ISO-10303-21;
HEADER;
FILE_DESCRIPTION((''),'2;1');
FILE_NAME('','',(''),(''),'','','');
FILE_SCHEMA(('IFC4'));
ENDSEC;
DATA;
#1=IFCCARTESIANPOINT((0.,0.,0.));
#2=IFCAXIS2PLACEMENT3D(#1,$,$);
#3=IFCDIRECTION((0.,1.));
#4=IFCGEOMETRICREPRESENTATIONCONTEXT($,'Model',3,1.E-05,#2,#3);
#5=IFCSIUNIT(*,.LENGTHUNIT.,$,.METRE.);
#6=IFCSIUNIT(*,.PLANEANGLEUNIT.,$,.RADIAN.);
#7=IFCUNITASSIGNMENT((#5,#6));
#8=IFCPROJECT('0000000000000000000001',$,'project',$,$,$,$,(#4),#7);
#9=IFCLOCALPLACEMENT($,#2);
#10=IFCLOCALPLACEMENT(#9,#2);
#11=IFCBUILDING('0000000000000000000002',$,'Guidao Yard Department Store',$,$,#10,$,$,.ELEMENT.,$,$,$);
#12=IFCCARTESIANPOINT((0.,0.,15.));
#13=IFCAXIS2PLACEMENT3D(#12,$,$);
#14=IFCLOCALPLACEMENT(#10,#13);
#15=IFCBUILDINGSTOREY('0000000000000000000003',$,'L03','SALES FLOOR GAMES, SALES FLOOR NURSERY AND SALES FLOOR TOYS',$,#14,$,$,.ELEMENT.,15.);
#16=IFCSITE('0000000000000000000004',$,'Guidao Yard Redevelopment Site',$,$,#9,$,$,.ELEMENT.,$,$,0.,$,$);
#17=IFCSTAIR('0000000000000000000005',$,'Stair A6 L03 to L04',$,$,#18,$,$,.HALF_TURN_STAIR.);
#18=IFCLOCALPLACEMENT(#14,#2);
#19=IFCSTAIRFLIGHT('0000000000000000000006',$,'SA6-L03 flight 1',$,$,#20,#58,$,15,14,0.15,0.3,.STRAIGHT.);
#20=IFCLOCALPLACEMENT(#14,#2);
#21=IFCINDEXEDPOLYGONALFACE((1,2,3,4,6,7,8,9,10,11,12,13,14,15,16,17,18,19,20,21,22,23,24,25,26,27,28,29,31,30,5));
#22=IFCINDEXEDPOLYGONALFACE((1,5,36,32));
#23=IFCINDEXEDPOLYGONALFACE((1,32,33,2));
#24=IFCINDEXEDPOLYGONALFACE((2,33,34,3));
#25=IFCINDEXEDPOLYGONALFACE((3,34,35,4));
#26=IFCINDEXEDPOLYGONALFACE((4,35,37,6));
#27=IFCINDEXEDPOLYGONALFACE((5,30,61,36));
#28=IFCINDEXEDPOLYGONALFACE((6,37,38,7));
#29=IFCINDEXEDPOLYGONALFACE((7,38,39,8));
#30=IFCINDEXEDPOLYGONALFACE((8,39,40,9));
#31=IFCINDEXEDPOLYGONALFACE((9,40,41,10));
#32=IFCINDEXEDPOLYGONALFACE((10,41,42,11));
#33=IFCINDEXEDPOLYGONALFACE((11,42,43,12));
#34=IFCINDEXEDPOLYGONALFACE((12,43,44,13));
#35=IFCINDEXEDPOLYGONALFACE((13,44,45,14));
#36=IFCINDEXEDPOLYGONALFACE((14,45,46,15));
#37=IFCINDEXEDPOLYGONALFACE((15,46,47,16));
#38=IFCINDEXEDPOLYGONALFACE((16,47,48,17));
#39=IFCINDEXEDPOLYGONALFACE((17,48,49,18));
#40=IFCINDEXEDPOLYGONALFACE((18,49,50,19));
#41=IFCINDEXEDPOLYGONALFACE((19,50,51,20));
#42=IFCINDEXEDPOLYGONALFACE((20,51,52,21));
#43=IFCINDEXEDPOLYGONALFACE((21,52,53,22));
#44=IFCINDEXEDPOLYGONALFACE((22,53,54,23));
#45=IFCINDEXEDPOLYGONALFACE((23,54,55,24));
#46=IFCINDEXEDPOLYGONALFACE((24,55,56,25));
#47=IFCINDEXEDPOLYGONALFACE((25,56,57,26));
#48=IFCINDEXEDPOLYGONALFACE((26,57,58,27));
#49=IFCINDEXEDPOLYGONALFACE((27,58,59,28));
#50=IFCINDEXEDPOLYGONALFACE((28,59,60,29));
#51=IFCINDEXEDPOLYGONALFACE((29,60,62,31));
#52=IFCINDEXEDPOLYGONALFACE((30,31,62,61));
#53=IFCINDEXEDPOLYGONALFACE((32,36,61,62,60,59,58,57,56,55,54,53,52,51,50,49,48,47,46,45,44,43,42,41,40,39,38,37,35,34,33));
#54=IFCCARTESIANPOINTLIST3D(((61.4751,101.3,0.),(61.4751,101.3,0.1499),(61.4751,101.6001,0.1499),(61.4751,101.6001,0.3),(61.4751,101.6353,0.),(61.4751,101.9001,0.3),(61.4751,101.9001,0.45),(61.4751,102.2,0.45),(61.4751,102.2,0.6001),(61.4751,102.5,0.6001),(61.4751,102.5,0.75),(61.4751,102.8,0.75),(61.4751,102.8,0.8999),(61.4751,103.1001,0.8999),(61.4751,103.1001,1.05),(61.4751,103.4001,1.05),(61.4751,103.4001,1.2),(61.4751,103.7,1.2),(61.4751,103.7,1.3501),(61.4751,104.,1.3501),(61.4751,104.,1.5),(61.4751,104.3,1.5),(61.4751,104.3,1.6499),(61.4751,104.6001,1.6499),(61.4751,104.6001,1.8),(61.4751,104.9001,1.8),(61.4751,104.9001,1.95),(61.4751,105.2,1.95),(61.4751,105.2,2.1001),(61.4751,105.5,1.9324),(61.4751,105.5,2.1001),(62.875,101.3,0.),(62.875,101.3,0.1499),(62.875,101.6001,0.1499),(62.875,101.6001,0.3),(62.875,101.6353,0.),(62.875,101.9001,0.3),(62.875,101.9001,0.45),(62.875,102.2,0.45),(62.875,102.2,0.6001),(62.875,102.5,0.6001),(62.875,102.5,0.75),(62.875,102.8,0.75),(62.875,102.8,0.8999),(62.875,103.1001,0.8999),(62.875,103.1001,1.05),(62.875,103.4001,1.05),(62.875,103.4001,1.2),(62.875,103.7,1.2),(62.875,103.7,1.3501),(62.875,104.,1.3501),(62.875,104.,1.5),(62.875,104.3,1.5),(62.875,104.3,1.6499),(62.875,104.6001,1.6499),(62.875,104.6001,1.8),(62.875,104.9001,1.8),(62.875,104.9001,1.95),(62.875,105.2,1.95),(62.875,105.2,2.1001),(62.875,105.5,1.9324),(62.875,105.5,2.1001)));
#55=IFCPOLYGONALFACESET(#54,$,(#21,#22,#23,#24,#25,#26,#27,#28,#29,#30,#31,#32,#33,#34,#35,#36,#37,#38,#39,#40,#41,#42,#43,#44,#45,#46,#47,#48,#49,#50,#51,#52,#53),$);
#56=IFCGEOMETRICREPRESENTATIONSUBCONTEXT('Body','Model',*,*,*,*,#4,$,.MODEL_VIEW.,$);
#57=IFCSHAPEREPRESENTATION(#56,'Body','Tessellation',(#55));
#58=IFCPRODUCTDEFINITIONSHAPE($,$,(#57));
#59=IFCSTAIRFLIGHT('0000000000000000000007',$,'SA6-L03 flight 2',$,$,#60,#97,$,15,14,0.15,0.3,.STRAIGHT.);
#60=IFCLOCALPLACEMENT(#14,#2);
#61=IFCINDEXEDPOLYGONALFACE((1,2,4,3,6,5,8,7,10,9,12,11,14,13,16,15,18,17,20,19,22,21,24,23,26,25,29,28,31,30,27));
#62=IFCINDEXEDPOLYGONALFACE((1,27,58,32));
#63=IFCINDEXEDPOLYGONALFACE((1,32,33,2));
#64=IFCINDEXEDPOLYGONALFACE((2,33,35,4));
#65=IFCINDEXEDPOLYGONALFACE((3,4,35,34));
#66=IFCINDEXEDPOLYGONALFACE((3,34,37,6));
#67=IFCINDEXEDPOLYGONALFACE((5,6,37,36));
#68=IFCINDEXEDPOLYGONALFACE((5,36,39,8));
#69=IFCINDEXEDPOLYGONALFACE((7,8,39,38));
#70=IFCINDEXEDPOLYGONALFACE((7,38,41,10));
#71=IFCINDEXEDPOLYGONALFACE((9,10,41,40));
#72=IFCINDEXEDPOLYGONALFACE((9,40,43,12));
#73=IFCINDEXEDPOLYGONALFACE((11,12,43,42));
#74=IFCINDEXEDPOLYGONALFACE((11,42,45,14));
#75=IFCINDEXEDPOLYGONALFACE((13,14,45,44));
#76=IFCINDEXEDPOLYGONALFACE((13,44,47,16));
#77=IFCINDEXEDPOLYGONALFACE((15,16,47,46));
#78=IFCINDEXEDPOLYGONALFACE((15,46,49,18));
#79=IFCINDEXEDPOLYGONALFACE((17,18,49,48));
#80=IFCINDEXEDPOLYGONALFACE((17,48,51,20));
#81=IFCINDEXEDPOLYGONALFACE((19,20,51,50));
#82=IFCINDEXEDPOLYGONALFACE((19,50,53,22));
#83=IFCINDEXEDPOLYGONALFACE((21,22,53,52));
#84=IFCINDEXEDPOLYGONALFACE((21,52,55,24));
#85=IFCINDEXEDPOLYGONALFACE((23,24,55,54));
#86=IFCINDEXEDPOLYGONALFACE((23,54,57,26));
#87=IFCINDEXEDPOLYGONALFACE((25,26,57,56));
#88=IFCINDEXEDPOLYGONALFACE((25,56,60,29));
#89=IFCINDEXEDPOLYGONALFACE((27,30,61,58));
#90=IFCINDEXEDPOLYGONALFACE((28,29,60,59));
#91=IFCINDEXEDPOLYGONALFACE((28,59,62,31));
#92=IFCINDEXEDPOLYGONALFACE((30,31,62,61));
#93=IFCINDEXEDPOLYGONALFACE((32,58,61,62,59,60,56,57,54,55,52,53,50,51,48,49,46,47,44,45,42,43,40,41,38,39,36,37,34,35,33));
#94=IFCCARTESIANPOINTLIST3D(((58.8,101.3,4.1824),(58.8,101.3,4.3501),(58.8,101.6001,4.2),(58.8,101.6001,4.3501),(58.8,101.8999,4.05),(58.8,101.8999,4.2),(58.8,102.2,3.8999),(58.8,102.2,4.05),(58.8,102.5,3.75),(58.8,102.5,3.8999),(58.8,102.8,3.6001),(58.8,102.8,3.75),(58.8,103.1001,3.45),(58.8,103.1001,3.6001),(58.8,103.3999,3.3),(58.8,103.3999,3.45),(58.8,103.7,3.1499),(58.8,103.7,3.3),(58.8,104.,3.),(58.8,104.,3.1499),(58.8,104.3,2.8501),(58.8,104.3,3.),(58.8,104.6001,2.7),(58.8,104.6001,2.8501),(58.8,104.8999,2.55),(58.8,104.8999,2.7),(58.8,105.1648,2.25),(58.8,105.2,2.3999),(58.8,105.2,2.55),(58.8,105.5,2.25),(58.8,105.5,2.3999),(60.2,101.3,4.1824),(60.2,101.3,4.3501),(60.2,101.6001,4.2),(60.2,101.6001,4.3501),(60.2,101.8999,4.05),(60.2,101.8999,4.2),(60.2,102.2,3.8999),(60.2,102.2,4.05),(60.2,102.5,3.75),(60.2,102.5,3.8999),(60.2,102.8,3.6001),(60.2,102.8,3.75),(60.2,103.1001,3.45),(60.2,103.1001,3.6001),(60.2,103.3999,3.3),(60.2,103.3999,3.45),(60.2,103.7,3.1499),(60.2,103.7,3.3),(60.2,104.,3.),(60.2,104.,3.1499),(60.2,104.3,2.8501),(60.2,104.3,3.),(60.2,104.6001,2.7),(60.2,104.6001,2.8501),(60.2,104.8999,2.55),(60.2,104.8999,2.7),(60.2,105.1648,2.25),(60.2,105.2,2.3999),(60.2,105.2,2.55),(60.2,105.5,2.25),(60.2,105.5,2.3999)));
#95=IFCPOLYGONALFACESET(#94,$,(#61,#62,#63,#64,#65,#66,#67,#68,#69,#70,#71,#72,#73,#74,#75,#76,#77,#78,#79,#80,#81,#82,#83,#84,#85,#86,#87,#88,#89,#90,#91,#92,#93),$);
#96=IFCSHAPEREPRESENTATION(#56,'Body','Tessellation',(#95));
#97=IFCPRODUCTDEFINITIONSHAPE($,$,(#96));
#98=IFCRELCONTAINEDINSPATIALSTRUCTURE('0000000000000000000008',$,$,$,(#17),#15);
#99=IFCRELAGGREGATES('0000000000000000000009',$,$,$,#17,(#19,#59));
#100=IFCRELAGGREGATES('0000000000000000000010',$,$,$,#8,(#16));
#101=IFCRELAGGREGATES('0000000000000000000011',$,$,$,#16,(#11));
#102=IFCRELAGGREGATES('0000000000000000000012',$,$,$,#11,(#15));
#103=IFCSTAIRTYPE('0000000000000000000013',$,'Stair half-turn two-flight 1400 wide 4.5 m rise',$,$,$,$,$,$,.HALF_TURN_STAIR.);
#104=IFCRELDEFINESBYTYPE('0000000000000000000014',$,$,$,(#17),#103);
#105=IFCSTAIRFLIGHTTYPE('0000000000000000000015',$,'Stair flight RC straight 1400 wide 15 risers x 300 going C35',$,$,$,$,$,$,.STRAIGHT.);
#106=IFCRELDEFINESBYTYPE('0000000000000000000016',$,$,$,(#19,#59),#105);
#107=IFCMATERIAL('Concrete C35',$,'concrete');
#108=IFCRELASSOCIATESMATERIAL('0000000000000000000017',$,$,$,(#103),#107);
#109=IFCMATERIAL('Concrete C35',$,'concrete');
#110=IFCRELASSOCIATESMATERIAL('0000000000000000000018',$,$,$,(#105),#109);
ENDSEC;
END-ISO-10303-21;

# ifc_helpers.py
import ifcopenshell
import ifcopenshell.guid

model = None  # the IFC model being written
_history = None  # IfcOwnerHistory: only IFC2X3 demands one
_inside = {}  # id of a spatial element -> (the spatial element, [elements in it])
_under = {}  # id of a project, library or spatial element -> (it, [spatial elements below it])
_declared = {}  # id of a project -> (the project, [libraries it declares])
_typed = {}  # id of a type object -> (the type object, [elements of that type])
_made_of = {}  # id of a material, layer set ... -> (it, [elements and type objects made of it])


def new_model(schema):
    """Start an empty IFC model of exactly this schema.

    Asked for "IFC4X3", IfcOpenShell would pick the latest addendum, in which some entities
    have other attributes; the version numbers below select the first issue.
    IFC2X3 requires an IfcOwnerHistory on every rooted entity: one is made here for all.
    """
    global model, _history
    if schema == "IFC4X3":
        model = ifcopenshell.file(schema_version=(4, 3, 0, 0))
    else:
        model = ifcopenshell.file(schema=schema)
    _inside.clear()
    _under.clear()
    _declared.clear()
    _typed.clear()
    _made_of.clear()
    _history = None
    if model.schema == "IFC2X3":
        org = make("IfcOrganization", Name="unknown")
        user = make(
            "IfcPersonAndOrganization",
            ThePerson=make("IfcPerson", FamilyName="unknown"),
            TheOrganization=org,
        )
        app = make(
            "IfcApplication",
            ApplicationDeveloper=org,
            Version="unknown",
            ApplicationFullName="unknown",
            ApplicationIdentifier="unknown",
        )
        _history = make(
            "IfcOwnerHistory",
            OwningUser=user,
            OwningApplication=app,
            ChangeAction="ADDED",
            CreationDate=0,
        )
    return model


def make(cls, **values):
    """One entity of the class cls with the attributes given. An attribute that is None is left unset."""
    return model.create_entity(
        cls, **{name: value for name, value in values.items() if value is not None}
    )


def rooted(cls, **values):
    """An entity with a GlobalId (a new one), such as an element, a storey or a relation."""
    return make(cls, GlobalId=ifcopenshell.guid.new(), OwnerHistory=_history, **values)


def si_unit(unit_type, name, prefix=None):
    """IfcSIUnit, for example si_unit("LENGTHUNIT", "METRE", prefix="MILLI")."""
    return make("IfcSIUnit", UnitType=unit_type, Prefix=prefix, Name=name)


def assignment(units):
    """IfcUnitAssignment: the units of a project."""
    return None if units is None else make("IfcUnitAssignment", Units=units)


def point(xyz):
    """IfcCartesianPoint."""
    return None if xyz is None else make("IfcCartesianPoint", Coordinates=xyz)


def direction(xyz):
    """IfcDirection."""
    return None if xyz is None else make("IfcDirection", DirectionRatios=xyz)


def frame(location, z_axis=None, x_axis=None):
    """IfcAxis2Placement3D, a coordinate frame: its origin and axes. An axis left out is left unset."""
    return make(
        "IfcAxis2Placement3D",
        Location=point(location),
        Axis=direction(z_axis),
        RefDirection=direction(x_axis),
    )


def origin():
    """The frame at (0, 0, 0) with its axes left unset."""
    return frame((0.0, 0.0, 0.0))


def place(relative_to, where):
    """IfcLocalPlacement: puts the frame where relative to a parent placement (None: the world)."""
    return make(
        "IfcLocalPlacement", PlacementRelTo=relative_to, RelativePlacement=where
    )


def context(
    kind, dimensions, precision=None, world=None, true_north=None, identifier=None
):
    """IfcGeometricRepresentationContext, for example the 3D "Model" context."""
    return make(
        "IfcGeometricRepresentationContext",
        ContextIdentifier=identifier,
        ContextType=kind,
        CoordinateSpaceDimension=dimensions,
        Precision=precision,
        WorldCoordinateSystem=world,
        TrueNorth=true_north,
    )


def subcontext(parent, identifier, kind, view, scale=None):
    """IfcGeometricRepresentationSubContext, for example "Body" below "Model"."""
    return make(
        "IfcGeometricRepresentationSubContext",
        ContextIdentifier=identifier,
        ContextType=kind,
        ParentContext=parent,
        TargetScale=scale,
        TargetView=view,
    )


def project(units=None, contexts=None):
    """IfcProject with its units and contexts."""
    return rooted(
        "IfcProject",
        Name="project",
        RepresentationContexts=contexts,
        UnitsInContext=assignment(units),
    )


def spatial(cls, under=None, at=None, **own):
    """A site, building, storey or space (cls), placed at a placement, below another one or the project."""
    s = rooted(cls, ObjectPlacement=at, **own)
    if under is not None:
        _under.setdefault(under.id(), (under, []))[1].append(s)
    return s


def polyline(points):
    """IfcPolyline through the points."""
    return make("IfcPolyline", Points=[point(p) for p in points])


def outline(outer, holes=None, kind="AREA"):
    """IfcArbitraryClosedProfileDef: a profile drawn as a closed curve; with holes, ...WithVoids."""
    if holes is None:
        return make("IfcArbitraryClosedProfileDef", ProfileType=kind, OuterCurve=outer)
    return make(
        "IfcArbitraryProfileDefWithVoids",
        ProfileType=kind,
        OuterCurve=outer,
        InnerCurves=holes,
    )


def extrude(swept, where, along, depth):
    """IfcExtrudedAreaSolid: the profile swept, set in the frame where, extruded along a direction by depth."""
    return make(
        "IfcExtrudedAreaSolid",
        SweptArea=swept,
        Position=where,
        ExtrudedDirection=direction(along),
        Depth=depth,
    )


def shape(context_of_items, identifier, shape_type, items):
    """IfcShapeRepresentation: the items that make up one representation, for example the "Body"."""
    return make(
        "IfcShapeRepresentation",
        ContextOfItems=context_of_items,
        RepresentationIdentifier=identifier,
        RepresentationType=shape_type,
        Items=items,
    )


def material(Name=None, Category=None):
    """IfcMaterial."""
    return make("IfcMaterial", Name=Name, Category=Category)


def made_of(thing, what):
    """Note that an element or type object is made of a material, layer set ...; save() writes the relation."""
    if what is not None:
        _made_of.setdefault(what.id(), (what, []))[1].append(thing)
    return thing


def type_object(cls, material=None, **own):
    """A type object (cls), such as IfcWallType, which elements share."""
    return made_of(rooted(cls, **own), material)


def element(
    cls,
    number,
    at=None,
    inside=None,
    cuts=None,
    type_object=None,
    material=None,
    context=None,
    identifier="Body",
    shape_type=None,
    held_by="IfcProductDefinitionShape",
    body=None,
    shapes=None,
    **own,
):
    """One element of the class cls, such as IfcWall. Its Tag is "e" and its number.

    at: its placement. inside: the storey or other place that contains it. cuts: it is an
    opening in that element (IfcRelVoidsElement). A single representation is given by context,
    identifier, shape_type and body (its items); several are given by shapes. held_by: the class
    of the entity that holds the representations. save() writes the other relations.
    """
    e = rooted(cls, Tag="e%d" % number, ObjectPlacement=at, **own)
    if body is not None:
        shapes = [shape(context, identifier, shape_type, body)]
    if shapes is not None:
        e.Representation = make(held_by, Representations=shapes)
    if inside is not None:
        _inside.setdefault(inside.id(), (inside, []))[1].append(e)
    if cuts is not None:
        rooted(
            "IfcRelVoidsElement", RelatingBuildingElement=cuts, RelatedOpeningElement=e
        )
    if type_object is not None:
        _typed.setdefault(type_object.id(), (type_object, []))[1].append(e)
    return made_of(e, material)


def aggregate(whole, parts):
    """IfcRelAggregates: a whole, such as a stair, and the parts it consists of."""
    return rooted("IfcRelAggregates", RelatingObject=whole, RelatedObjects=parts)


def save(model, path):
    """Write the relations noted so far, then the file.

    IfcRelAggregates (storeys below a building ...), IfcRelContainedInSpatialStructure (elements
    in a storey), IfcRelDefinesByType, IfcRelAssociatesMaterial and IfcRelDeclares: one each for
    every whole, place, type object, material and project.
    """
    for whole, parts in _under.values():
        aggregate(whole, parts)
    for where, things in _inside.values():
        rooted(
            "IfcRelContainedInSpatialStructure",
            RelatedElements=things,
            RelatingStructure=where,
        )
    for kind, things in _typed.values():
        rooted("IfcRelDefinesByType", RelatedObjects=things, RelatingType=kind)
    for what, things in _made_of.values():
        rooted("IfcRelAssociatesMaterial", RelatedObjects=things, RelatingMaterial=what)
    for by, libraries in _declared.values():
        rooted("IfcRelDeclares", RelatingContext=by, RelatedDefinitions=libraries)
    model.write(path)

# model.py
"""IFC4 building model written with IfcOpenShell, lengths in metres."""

from ifc_helpers import new_model, si_unit, direction, frame, origin, place, context, subcontext, project, spatial, polyline, outline, extrude, material, type_object, element, aggregate, save


model = new_model("IFC4")

# Units and contexts
model_context = context("Model", 3, precision=1e-05, world=origin(), true_north=direction((0.0, 1.0)))
body_context = subcontext(model_context, "Body", "Model", "MODEL_VIEW")
ifc_project = project(units=[si_unit("LENGTHUNIT", "METRE"), si_unit("PLANEANGLEUNIT", "RADIAN")], contexts=[model_context])

# Site, building, storey
site_placement = place(None, origin())
site = spatial("IfcSite", under=ifc_project, at=site_placement, Name="Guidao Yard Redevelopment Site", CompositionType="ELEMENT", RefElevation=0.0)
building_placement = place(site_placement, origin())
building = spatial("IfcBuilding", under=site, at=building_placement, Name="Guidao Yard Department Store", CompositionType="ELEMENT")
storey_placement = place(building_placement, frame((0.0, 0.0, 15.0)))
storey = spatial("IfcBuildingStorey", under=building, at=storey_placement, Name="L03", Description="SALES FLOOR GAMES, SALES FLOOR NURSERY AND SALES FLOOR TOYS", CompositionType="ELEMENT", Elevation=15.0)

# Stair, stair flights
ifc_material_1 = material(Name="Concrete C35", Category="concrete")
stair_type = type_object("IfcStairType", Name="Stair half-turn two-flight 1400 wide 4.5 m rise", PredefinedType="HALF_TURN_STAIR", material=ifc_material_1)
stair_placement = place(storey_placement, origin())
stair = element("IfcStair", 1, at=stair_placement, inside=storey, type_object=stair_type, Name="Stair A6 L03 to L04", PredefinedType="HALF_TURN_STAIR")
ifc_material_2 = material(Name="Concrete C35", Category="concrete")
stair_flight_type = type_object("IfcStairFlightType", Name="Stair flight RC straight 1400 wide 15 risers x 300 going C35", PredefinedType="STRAIGHT", material=ifc_material_2)
stair_flight_1_placement = place(storey_placement, frame((62.175, 101.3, 0.0), z_axis=(0.0, 0.0, 1.0), x_axis=(0.0, 1.0, 0.0)))
stair_flight_1 = element("IfcStairFlight", 2, at=stair_flight_1_placement, type_object=stair_flight_type, Name="SA6-L03 flight 1", NumberOfRisers=15, NumberOfTreads=14, PredefinedType="STRAIGHT", RiserHeight=0.15, TreadLength=0.3, context=body_context, shape_type="SweptSolid", body=[
    extrude(outline(polyline([(0.0, 0.0), (0.0, 0.1499), (0.3, 0.1499), (0.3, 0.3), (0.6001, 0.3), (0.6001, 0.45), (0.8999, 0.45), (0.8999, 0.6001), (1.2, 0.6001), (1.2, 0.75), (1.5, 0.75), (1.5, 0.8999), (1.8, 0.8999), (1.8, 1.05), (2.1001, 1.05), (2.1001, 1.2), (2.3999, 1.2), (2.3999, 1.3501), (2.7, 1.3501), (2.7, 1.5), (3.0, 1.5), (3.0, 1.6499), (3.3, 1.6499), (3.3, 1.8), (3.6001, 1.8), (3.6001, 1.95), (3.8999, 1.95), (3.8999, 2.1001), (4.2, 2.1001), (4.2, 2.25), (4.2, 1.9324), (0.3352, 0.0), (0.0, 0.0)])), frame((0.0, 0.7, 0.0), z_axis=(0.0, -1.0, 0.0), x_axis=(1.0, 0.0, 0.0)), (0.0, 0.0, 1.0), 1.3999),
])
stair_flight_2_placement = place(storey_placement, frame((59.5, 105.5, 2.25), z_axis=(0.0, 0.0, 1.0), x_axis=(0.0, -1.0, 0.0)))
stair_flight_2 = element("IfcStairFlight", 3, at=stair_flight_2_placement, type_object=stair_flight_type, Name="SA6-L03 flight 2", NumberOfRisers=15, NumberOfTreads=14, PredefinedType="STRAIGHT", RiserHeight=0.15, TreadLength=0.3, context=body_context, shape_type="SweptSolid", body=[
    extrude(outline(polyline([(0.0, 0.0), (0.0, 0.1499), (0.3, 0.1499), (0.3, 0.3), (0.6001, 0.3), (0.6001, 0.45), (0.8999, 0.45), (0.8999, 0.6001), (1.2, 0.6001), (1.2, 0.75), (1.5, 0.75), (1.5, 0.8999), (1.8, 0.8999), (1.8, 1.05), (2.1001, 1.05), (2.1001, 1.2), (2.3999, 1.2), (2.3999, 1.3501), (2.7, 1.3501), (2.7, 1.5), (3.0, 1.5), (3.0, 1.6499), (3.3, 1.6499), (3.3, 1.8), (3.6001, 1.8), (3.6001, 1.95), (3.8999, 1.95), (3.8999, 2.1001), (4.2, 2.1001), (4.2, 2.25), (4.2, 1.9324), (0.3352, 0.0), (0.0, 0.0)])), frame((0.0, 0.7, 0.0), z_axis=(0.0, -1.0, 0.0), x_axis=(1.0, 0.0, 0.0)), (0.0, 0.0, 1.0), 1.3999),
])
aggregate(stair, [stair_flight_1, stair_flight_2])

save(model, "model.ifc")
